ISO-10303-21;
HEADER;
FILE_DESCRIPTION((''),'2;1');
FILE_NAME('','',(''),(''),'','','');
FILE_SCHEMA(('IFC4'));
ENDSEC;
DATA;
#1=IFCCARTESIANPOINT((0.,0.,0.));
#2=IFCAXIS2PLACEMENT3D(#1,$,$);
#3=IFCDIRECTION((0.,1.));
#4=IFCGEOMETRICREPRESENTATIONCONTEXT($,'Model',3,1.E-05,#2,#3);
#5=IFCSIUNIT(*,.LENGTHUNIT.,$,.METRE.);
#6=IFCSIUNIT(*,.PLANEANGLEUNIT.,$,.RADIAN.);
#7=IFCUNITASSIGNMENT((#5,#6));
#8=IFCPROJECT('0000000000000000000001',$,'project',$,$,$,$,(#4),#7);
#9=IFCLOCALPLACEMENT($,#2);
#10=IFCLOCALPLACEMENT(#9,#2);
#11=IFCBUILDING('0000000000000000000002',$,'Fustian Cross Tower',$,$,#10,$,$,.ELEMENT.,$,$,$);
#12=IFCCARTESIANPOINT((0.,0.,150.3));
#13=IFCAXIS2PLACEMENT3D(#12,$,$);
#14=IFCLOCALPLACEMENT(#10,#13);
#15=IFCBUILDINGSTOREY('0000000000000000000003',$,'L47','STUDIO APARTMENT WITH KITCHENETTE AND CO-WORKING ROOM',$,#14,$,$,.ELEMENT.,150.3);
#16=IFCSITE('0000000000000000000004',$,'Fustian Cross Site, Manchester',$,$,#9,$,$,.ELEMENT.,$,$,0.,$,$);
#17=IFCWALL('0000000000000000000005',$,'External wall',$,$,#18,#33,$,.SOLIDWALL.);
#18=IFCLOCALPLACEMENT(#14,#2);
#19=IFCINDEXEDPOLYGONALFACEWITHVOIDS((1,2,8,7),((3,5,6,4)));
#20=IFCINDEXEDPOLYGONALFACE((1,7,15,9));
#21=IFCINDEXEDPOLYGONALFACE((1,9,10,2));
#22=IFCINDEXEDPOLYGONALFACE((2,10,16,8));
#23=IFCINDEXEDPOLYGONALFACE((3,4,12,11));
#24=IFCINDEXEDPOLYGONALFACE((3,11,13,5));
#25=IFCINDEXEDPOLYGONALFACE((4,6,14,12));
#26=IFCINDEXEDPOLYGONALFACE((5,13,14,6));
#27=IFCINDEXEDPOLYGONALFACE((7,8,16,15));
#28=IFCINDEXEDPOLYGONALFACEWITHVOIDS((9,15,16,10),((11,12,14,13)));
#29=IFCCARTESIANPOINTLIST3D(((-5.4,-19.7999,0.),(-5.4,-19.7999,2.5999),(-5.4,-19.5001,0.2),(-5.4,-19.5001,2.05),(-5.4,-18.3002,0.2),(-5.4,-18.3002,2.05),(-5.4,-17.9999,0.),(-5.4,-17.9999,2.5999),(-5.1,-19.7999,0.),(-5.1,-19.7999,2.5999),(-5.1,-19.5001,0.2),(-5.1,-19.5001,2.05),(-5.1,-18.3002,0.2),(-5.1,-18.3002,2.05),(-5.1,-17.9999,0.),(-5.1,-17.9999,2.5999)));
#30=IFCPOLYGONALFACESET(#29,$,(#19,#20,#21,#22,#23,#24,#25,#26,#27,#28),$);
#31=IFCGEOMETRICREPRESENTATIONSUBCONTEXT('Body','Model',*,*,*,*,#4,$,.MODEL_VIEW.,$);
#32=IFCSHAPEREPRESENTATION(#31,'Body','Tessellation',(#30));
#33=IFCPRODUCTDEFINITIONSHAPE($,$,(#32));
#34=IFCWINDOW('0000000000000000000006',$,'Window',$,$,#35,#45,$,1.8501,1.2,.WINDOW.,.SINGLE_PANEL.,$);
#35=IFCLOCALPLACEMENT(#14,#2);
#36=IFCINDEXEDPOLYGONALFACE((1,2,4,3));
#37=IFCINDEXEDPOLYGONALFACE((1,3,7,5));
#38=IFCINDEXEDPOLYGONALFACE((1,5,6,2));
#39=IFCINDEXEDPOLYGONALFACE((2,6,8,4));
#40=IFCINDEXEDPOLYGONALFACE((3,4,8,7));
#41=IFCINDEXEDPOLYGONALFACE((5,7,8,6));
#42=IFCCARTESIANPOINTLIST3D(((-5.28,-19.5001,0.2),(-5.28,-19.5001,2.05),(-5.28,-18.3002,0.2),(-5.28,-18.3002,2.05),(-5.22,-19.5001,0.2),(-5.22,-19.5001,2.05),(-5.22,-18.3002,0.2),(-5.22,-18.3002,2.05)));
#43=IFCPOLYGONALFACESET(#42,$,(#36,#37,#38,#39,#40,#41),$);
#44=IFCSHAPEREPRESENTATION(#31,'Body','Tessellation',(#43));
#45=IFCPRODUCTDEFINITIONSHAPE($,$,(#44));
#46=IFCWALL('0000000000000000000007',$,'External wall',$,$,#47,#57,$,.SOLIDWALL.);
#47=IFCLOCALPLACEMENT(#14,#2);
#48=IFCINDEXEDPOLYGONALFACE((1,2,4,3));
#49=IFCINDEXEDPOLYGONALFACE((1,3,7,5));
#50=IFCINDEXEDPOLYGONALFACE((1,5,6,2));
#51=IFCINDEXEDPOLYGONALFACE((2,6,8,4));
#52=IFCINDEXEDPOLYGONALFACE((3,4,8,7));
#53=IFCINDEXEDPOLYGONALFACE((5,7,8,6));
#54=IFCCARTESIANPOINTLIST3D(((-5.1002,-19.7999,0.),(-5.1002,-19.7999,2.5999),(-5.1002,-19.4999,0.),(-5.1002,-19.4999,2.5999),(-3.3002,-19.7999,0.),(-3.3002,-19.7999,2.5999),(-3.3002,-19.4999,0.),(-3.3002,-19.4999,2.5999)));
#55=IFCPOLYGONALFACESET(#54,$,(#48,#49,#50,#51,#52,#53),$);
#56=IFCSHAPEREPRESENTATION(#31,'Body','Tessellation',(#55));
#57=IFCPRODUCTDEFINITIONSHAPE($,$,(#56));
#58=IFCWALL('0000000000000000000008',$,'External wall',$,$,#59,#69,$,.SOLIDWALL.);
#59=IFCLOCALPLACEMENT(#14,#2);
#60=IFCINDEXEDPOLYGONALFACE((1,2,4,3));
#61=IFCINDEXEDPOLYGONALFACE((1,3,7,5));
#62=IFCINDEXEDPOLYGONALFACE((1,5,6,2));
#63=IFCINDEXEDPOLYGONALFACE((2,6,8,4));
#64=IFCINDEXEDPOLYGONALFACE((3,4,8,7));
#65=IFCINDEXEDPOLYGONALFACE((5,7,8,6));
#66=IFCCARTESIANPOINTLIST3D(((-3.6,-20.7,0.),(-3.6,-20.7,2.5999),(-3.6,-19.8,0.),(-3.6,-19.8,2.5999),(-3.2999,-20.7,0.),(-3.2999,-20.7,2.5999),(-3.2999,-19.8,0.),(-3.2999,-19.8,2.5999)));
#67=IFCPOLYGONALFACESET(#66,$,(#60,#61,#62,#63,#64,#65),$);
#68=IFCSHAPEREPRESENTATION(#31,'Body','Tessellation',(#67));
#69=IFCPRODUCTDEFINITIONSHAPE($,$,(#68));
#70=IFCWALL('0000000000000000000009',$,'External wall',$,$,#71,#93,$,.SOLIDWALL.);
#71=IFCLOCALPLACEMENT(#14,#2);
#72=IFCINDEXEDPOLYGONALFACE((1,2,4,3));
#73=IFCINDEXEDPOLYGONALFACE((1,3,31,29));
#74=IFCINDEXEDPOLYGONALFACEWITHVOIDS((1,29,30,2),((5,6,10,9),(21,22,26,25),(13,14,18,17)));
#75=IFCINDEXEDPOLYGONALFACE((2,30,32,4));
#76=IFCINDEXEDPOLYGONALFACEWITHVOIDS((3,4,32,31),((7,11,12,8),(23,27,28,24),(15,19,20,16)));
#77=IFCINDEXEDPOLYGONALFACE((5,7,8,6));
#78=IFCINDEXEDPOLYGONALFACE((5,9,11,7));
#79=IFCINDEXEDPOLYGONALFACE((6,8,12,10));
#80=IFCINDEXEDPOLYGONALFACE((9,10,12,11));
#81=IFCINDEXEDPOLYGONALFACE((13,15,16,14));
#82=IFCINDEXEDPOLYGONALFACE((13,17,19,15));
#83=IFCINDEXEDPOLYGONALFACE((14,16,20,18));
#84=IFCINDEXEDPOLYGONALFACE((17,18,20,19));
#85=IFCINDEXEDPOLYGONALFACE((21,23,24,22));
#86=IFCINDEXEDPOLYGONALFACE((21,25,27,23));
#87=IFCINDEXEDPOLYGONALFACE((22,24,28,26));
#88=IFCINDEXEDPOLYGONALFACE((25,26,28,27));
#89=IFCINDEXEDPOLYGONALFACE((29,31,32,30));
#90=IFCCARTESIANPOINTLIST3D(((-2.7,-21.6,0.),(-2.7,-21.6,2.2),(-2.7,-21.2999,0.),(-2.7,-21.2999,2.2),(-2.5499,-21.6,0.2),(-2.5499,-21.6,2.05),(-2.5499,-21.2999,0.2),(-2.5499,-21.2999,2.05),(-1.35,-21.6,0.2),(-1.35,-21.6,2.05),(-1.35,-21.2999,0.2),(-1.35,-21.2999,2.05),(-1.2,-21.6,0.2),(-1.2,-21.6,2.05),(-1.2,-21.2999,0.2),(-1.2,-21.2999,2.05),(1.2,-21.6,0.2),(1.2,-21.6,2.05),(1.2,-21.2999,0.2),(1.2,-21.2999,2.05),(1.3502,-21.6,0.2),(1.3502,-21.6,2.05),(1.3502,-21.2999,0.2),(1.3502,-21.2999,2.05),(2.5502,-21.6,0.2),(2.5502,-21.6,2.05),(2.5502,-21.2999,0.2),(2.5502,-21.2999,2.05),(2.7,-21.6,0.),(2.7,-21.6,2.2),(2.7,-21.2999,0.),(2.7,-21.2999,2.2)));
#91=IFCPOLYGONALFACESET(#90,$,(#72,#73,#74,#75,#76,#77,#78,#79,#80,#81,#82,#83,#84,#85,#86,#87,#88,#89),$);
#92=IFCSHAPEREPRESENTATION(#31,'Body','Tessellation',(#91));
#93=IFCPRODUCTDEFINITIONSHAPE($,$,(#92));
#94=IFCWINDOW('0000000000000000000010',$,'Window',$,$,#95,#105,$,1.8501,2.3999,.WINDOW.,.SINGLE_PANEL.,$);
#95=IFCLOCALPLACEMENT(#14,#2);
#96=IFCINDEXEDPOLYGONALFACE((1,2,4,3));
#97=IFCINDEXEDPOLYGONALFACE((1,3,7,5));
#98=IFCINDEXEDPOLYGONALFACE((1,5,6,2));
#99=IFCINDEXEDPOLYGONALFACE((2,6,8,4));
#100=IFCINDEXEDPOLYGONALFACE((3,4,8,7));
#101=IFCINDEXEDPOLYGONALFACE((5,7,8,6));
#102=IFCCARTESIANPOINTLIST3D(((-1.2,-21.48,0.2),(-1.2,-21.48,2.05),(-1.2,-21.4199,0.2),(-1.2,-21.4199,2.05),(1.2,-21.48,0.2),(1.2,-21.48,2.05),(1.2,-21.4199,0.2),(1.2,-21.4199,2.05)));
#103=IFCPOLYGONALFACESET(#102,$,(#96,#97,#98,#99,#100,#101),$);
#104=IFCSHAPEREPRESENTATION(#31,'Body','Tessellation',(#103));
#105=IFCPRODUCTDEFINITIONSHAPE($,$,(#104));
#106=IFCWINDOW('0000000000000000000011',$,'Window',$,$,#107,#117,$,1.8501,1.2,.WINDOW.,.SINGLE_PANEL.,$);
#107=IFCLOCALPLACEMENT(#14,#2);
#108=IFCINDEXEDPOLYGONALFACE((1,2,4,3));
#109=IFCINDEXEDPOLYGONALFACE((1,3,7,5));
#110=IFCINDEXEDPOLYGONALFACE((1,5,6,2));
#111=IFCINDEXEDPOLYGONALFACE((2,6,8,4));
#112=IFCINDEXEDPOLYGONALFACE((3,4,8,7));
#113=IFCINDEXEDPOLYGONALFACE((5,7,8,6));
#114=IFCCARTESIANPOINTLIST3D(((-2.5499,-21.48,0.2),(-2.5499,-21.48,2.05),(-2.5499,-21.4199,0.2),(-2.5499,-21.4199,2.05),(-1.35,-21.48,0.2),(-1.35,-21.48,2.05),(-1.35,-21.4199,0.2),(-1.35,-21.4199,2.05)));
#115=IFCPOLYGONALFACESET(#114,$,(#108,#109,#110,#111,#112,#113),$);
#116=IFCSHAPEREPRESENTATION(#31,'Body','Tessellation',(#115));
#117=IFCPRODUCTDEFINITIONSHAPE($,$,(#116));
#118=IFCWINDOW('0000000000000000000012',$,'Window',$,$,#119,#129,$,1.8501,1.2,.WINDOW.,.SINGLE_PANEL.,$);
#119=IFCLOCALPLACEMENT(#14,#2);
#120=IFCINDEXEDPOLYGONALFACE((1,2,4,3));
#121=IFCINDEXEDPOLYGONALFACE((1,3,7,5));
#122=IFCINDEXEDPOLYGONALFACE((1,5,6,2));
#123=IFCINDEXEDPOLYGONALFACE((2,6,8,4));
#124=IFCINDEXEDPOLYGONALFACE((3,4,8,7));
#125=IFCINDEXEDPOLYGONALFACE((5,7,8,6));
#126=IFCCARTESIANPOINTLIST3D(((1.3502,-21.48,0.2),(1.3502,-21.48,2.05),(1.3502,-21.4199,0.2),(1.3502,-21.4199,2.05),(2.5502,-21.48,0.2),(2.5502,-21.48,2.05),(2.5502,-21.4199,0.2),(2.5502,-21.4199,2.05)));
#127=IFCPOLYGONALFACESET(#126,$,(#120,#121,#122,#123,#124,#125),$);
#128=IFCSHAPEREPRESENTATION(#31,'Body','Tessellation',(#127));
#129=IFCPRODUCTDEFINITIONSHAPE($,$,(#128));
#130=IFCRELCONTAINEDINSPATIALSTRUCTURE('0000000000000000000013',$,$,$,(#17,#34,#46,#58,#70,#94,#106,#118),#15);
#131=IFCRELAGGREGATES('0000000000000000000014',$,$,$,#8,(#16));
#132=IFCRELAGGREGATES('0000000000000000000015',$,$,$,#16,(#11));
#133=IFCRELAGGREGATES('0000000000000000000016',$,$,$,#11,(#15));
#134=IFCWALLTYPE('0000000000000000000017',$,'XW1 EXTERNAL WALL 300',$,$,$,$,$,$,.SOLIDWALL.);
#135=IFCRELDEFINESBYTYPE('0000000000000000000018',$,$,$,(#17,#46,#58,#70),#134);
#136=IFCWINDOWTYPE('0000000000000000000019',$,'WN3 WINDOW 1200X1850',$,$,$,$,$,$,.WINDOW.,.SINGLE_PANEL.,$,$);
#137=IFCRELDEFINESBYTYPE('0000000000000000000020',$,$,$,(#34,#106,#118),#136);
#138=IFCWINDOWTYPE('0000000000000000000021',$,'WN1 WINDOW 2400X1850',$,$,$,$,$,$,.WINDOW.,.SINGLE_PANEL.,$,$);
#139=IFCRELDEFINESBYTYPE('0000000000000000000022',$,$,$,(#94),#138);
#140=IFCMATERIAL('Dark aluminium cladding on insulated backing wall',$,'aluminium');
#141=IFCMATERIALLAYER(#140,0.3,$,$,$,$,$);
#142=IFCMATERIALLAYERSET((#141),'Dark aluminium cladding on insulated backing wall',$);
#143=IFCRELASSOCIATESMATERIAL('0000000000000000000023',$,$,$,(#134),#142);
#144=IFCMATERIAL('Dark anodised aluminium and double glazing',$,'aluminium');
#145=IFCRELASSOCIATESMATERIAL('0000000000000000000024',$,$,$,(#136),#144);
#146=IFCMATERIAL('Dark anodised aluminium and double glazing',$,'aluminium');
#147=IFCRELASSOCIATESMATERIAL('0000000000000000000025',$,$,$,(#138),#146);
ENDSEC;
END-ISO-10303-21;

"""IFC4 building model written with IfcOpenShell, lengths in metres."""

from ifc_helpers import new_model, si_unit, direction, frame, frame_2d, origin, place, context, subcontext, project, spatial, rectangle, extrude, material, layer, layer_set, type_object, element, fill, save


model = new_model("IFC4")

# Units and contexts
model_context = context("Model", 3, precision=1e-05, world=origin(), true_north=direction((0.0, 1.0)))
body_context = subcontext(model_context, "Body", "Model", "MODEL_VIEW")
ifc_project = project(units=[si_unit("LENGTHUNIT", "METRE"), si_unit("PLANEANGLEUNIT", "RADIAN")], contexts=[model_context])

# Site, building, storey
site_placement = place(None, origin())
site = spatial("IfcSite", under=ifc_project, at=site_placement, Name="Fustian Cross Site, Manchester", CompositionType="ELEMENT", RefElevation=0.0)
building_placement = place(site_placement, origin())
building = spatial("IfcBuilding", under=site, at=building_placement, Name="Fustian Cross Tower", CompositionType="ELEMENT")
storey_placement = place(building_placement, frame((0.0, 0.0, 150.3)))
storey = spatial("IfcBuildingStorey", under=building, at=storey_placement, Name="L47", Description="STUDIO APARTMENT WITH KITCHENETTE AND CO-WORKING ROOM", CompositionType="ELEMENT", Elevation=150.3)

# Shared definitions
ifc_material_1 = material(Name="Dark aluminium cladding on insulated backing wall", Category="aluminium")
ifc_layer_1 = layer(ifc_material_1, 0.3)
ifc_layer_set_1 = layer_set([ifc_layer_1], Name="Dark aluminium cladding on insulated backing wall")
wall_type_1 = type_object("IfcWallType", Name="XW1 EXTERNAL WALL 300", PredefinedType="SOLIDWALL", material=ifc_layer_set_1)

# Shared definitions
ifc_material_2 = material(Name="Dark anodised aluminium and double glazing", Category="aluminium")
window_type_1 = type_object("IfcWindowType", Name="WN3 WINDOW 1200X1850", PartitioningType="SINGLE_PANEL", PredefinedType="WINDOW", material=ifc_material_2)

# Wall, opening, window
wall_1_placement = place(storey_placement, frame((-5.25, -18.0, 0.0), z_axis=(0.0, 0.0, 1.0), x_axis=(0.0, -1.0, 0.0)))
wall_1 = element("IfcWall", 1, at=wall_1_placement, inside=storey, type_object=wall_type_1, Name="External wall", PredefinedType="SOLIDWALL", context=body_context, shape_type="SweptSolid", body=[
    extrude(rectangle(XDim=1.8, YDim=0.3, at=frame_2d((0.8999, 0.0))), origin(), (0.0, 0.0, 1.0), 2.5999),
])
opening_1_placement = place(wall_1_placement, frame((0.3, 0.0, 0.2)))
opening_1 = element("IfcOpeningElement", 2, at=opening_1_placement, cuts=wall_1, PredefinedType="OPENING", context=body_context, shape_type="SweptSolid", body=[
    extrude(rectangle(XDim=1.2, YDim=1.8501, at=frame_2d((0.6001, 0.925))), frame((0.0, 0.1599, 0.0), z_axis=(0.0, -1.0, 0.0), x_axis=(1.0, 0.0, 0.0)), (0.0, 0.0, 1.0), 0.3201),
])
window_1_placement = place(opening_1_placement, origin())
window_1 = element("IfcWindow", 3, at=window_1_placement, inside=storey, type_object=window_type_1, Name="Window", OverallHeight=1.8501, OverallWidth=1.2, PartitioningType="SINGLE_PANEL", PredefinedType="WINDOW", context=body_context, shape_type="SweptSolid", body=[
    extrude(rectangle(XDim=1.2, YDim=1.8501, at=frame_2d((0.6001, 0.925))), frame((0.0, 0.03, 0.0), z_axis=(0.0, -1.0, 0.0), x_axis=(1.0, 0.0, 0.0)), (0.0, 0.0, 1.0), 0.0601),
])
fill(opening_1, window_1)

# Walls
wall_2_placement = place(storey_placement, frame((-5.1001, -19.6499, 0.0), z_axis=(0.0, 0.0, 1.0), x_axis=(1.0, 0.0, 0.0)))
element("IfcWall", 4, at=wall_2_placement, inside=storey, type_object=wall_type_1, Name="External wall", PredefinedType="SOLIDWALL", context=body_context, shape_type="SweptSolid", body=[
    extrude(rectangle(XDim=1.8, YDim=0.3, at=frame_2d((0.8999, 0.0))), origin(), (0.0, 0.0, 1.0), 2.5999),
])
wall_3_placement = place(storey_placement, frame((-3.45, -19.8, 0.0), z_axis=(0.0, 0.0, 1.0), x_axis=(0.0, -1.0, 0.0)))
element("IfcWall", 5, at=wall_3_placement, inside=storey, type_object=wall_type_1, Name="External wall", PredefinedType="SOLIDWALL", context=body_context, shape_type="SweptSolid", body=[
    extrude(rectangle(XDim=0.8999, YDim=0.3, at=frame_2d((0.45, 0.0))), origin(), (0.0, 0.0, 1.0), 2.5999),
])

# Wall, openings, windows
wall_4_placement = place(storey_placement, frame((-2.7, -21.45, 0.0), z_axis=(0.0, 0.0, 1.0), x_axis=(1.0, 0.0, 0.0)))
wall_4 = element("IfcWall", 6, at=wall_4_placement, inside=storey, type_object=wall_type_1, Name="External wall", PredefinedType="SOLIDWALL", context=body_context, shape_type="SweptSolid", body=[
    extrude(rectangle(XDim=5.3999, YDim=0.3, at=frame_2d((2.7, 0.0))), origin(), (0.0, 0.0, 1.0), 2.2),
])
opening_2_placement = place(wall_4_placement, frame((1.5, 0.0, 0.2)))
opening_2 = element("IfcOpeningElement", 7, at=opening_2_placement, cuts=wall_4, PredefinedType="OPENING", context=body_context, shape_type="SweptSolid", body=[
    extrude(rectangle(XDim=2.3999, YDim=1.8501, at=frame_2d((1.2, 0.925))), frame((0.0, 0.1599, 0.0), z_axis=(0.0, -1.0, 0.0), x_axis=(1.0, 0.0, 0.0)), (0.0, 0.0, 1.0), 0.3201),
])
opening_3_placement = place(wall_4_placement, frame((0.1499, 0.0, 0.2)))
opening_3 = element("IfcOpeningElement", 8, at=opening_3_placement, cuts=wall_4, PredefinedType="OPENING", context=body_context, shape_type="SweptSolid", body=[
    extrude(rectangle(XDim=1.2, YDim=1.8501, at=frame_2d((0.6001, 0.925))), frame((0.0, 0.1599, 0.0), z_axis=(0.0, -1.0, 0.0), x_axis=(1.0, 0.0, 0.0)), (0.0, 0.0, 1.0), 0.3201),
])
opening_4_placement = place(wall_4_placement, frame((4.05, 0.0, 0.2)))
opening_4 = element("IfcOpeningElement", 9, at=opening_4_placement, cuts=wall_4, PredefinedType="OPENING", context=body_context, shape_type="SweptSolid", body=[
    extrude(rectangle(XDim=1.2, YDim=1.8501, at=frame_2d((0.6001, 0.925))), frame((0.0, 0.1599, 0.0), z_axis=(0.0, -1.0, 0.0), x_axis=(1.0, 0.0, 0.0)), (0.0, 0.0, 1.0), 0.3201),
])
ifc_material_3 = material(Name="Dark anodised aluminium and double glazing", Category="aluminium")
window_type_2 = type_object("IfcWindowType", Name="WN1 WINDOW 2400X1850", PartitioningType="SINGLE_PANEL", PredefinedType="WINDOW", material=ifc_material_3)
window_2_placement = place(opening_2_placement, origin())
window_2 = element("IfcWindow", 10, at=window_2_placement, inside=storey, type_object=window_type_2, Name="Window", OverallHeight=1.8501, OverallWidth=2.3999, PartitioningType="SINGLE_PANEL", PredefinedType="WINDOW", context=body_context, shape_type="SweptSolid", body=[
    extrude(rectangle(XDim=2.3999, YDim=1.8501, at=frame_2d((1.2, 0.925))), frame((0.0, 0.03, 0.0), z_axis=(0.0, -1.0, 0.0), x_axis=(1.0, 0.0, 0.0)), (0.0, 0.0, 1.0), 0.0601),
])
fill(opening_2, window_2)
window_3_placement = place(opening_3_placement, origin())
window_3 = element("IfcWindow", 11, at=window_3_placement, inside=storey, type_object=window_type_1, Name="Window", OverallHeight=1.8501, OverallWidth=1.2, PartitioningType="SINGLE_PANEL", PredefinedType="WINDOW", context=body_context, shape_type="SweptSolid", body=[
    extrude(rectangle(XDim=1.2, YDim=1.8501, at=frame_2d((0.6001, 0.925))), frame((0.0, 0.03, 0.0), z_axis=(0.0, -1.0, 0.0), x_axis=(1.0, 0.0, 0.0)), (0.0, 0.0, 1.0), 0.0601),
])
fill(opening_3, window_3)
window_4_placement = place(opening_4_placement, origin())
window_4 = element("IfcWindow", 12, at=window_4_placement, inside=storey, type_object=window_type_1, Name="Window", OverallHeight=1.8501, OverallWidth=1.2, PartitioningType="SINGLE_PANEL", PredefinedType="WINDOW", context=body_context, shape_type="SweptSolid", body=[
    extrude(rectangle(XDim=1.2, YDim=1.8501, at=frame_2d((0.6001, 0.925))), frame((0.0, 0.03, 0.0), z_axis=(0.0, -1.0, 0.0), x_axis=(1.0, 0.0, 0.0)), (0.0, 0.0, 1.0), 0.0601),
])
fill(opening_4, window_4)

save(model, "model.ifc")
